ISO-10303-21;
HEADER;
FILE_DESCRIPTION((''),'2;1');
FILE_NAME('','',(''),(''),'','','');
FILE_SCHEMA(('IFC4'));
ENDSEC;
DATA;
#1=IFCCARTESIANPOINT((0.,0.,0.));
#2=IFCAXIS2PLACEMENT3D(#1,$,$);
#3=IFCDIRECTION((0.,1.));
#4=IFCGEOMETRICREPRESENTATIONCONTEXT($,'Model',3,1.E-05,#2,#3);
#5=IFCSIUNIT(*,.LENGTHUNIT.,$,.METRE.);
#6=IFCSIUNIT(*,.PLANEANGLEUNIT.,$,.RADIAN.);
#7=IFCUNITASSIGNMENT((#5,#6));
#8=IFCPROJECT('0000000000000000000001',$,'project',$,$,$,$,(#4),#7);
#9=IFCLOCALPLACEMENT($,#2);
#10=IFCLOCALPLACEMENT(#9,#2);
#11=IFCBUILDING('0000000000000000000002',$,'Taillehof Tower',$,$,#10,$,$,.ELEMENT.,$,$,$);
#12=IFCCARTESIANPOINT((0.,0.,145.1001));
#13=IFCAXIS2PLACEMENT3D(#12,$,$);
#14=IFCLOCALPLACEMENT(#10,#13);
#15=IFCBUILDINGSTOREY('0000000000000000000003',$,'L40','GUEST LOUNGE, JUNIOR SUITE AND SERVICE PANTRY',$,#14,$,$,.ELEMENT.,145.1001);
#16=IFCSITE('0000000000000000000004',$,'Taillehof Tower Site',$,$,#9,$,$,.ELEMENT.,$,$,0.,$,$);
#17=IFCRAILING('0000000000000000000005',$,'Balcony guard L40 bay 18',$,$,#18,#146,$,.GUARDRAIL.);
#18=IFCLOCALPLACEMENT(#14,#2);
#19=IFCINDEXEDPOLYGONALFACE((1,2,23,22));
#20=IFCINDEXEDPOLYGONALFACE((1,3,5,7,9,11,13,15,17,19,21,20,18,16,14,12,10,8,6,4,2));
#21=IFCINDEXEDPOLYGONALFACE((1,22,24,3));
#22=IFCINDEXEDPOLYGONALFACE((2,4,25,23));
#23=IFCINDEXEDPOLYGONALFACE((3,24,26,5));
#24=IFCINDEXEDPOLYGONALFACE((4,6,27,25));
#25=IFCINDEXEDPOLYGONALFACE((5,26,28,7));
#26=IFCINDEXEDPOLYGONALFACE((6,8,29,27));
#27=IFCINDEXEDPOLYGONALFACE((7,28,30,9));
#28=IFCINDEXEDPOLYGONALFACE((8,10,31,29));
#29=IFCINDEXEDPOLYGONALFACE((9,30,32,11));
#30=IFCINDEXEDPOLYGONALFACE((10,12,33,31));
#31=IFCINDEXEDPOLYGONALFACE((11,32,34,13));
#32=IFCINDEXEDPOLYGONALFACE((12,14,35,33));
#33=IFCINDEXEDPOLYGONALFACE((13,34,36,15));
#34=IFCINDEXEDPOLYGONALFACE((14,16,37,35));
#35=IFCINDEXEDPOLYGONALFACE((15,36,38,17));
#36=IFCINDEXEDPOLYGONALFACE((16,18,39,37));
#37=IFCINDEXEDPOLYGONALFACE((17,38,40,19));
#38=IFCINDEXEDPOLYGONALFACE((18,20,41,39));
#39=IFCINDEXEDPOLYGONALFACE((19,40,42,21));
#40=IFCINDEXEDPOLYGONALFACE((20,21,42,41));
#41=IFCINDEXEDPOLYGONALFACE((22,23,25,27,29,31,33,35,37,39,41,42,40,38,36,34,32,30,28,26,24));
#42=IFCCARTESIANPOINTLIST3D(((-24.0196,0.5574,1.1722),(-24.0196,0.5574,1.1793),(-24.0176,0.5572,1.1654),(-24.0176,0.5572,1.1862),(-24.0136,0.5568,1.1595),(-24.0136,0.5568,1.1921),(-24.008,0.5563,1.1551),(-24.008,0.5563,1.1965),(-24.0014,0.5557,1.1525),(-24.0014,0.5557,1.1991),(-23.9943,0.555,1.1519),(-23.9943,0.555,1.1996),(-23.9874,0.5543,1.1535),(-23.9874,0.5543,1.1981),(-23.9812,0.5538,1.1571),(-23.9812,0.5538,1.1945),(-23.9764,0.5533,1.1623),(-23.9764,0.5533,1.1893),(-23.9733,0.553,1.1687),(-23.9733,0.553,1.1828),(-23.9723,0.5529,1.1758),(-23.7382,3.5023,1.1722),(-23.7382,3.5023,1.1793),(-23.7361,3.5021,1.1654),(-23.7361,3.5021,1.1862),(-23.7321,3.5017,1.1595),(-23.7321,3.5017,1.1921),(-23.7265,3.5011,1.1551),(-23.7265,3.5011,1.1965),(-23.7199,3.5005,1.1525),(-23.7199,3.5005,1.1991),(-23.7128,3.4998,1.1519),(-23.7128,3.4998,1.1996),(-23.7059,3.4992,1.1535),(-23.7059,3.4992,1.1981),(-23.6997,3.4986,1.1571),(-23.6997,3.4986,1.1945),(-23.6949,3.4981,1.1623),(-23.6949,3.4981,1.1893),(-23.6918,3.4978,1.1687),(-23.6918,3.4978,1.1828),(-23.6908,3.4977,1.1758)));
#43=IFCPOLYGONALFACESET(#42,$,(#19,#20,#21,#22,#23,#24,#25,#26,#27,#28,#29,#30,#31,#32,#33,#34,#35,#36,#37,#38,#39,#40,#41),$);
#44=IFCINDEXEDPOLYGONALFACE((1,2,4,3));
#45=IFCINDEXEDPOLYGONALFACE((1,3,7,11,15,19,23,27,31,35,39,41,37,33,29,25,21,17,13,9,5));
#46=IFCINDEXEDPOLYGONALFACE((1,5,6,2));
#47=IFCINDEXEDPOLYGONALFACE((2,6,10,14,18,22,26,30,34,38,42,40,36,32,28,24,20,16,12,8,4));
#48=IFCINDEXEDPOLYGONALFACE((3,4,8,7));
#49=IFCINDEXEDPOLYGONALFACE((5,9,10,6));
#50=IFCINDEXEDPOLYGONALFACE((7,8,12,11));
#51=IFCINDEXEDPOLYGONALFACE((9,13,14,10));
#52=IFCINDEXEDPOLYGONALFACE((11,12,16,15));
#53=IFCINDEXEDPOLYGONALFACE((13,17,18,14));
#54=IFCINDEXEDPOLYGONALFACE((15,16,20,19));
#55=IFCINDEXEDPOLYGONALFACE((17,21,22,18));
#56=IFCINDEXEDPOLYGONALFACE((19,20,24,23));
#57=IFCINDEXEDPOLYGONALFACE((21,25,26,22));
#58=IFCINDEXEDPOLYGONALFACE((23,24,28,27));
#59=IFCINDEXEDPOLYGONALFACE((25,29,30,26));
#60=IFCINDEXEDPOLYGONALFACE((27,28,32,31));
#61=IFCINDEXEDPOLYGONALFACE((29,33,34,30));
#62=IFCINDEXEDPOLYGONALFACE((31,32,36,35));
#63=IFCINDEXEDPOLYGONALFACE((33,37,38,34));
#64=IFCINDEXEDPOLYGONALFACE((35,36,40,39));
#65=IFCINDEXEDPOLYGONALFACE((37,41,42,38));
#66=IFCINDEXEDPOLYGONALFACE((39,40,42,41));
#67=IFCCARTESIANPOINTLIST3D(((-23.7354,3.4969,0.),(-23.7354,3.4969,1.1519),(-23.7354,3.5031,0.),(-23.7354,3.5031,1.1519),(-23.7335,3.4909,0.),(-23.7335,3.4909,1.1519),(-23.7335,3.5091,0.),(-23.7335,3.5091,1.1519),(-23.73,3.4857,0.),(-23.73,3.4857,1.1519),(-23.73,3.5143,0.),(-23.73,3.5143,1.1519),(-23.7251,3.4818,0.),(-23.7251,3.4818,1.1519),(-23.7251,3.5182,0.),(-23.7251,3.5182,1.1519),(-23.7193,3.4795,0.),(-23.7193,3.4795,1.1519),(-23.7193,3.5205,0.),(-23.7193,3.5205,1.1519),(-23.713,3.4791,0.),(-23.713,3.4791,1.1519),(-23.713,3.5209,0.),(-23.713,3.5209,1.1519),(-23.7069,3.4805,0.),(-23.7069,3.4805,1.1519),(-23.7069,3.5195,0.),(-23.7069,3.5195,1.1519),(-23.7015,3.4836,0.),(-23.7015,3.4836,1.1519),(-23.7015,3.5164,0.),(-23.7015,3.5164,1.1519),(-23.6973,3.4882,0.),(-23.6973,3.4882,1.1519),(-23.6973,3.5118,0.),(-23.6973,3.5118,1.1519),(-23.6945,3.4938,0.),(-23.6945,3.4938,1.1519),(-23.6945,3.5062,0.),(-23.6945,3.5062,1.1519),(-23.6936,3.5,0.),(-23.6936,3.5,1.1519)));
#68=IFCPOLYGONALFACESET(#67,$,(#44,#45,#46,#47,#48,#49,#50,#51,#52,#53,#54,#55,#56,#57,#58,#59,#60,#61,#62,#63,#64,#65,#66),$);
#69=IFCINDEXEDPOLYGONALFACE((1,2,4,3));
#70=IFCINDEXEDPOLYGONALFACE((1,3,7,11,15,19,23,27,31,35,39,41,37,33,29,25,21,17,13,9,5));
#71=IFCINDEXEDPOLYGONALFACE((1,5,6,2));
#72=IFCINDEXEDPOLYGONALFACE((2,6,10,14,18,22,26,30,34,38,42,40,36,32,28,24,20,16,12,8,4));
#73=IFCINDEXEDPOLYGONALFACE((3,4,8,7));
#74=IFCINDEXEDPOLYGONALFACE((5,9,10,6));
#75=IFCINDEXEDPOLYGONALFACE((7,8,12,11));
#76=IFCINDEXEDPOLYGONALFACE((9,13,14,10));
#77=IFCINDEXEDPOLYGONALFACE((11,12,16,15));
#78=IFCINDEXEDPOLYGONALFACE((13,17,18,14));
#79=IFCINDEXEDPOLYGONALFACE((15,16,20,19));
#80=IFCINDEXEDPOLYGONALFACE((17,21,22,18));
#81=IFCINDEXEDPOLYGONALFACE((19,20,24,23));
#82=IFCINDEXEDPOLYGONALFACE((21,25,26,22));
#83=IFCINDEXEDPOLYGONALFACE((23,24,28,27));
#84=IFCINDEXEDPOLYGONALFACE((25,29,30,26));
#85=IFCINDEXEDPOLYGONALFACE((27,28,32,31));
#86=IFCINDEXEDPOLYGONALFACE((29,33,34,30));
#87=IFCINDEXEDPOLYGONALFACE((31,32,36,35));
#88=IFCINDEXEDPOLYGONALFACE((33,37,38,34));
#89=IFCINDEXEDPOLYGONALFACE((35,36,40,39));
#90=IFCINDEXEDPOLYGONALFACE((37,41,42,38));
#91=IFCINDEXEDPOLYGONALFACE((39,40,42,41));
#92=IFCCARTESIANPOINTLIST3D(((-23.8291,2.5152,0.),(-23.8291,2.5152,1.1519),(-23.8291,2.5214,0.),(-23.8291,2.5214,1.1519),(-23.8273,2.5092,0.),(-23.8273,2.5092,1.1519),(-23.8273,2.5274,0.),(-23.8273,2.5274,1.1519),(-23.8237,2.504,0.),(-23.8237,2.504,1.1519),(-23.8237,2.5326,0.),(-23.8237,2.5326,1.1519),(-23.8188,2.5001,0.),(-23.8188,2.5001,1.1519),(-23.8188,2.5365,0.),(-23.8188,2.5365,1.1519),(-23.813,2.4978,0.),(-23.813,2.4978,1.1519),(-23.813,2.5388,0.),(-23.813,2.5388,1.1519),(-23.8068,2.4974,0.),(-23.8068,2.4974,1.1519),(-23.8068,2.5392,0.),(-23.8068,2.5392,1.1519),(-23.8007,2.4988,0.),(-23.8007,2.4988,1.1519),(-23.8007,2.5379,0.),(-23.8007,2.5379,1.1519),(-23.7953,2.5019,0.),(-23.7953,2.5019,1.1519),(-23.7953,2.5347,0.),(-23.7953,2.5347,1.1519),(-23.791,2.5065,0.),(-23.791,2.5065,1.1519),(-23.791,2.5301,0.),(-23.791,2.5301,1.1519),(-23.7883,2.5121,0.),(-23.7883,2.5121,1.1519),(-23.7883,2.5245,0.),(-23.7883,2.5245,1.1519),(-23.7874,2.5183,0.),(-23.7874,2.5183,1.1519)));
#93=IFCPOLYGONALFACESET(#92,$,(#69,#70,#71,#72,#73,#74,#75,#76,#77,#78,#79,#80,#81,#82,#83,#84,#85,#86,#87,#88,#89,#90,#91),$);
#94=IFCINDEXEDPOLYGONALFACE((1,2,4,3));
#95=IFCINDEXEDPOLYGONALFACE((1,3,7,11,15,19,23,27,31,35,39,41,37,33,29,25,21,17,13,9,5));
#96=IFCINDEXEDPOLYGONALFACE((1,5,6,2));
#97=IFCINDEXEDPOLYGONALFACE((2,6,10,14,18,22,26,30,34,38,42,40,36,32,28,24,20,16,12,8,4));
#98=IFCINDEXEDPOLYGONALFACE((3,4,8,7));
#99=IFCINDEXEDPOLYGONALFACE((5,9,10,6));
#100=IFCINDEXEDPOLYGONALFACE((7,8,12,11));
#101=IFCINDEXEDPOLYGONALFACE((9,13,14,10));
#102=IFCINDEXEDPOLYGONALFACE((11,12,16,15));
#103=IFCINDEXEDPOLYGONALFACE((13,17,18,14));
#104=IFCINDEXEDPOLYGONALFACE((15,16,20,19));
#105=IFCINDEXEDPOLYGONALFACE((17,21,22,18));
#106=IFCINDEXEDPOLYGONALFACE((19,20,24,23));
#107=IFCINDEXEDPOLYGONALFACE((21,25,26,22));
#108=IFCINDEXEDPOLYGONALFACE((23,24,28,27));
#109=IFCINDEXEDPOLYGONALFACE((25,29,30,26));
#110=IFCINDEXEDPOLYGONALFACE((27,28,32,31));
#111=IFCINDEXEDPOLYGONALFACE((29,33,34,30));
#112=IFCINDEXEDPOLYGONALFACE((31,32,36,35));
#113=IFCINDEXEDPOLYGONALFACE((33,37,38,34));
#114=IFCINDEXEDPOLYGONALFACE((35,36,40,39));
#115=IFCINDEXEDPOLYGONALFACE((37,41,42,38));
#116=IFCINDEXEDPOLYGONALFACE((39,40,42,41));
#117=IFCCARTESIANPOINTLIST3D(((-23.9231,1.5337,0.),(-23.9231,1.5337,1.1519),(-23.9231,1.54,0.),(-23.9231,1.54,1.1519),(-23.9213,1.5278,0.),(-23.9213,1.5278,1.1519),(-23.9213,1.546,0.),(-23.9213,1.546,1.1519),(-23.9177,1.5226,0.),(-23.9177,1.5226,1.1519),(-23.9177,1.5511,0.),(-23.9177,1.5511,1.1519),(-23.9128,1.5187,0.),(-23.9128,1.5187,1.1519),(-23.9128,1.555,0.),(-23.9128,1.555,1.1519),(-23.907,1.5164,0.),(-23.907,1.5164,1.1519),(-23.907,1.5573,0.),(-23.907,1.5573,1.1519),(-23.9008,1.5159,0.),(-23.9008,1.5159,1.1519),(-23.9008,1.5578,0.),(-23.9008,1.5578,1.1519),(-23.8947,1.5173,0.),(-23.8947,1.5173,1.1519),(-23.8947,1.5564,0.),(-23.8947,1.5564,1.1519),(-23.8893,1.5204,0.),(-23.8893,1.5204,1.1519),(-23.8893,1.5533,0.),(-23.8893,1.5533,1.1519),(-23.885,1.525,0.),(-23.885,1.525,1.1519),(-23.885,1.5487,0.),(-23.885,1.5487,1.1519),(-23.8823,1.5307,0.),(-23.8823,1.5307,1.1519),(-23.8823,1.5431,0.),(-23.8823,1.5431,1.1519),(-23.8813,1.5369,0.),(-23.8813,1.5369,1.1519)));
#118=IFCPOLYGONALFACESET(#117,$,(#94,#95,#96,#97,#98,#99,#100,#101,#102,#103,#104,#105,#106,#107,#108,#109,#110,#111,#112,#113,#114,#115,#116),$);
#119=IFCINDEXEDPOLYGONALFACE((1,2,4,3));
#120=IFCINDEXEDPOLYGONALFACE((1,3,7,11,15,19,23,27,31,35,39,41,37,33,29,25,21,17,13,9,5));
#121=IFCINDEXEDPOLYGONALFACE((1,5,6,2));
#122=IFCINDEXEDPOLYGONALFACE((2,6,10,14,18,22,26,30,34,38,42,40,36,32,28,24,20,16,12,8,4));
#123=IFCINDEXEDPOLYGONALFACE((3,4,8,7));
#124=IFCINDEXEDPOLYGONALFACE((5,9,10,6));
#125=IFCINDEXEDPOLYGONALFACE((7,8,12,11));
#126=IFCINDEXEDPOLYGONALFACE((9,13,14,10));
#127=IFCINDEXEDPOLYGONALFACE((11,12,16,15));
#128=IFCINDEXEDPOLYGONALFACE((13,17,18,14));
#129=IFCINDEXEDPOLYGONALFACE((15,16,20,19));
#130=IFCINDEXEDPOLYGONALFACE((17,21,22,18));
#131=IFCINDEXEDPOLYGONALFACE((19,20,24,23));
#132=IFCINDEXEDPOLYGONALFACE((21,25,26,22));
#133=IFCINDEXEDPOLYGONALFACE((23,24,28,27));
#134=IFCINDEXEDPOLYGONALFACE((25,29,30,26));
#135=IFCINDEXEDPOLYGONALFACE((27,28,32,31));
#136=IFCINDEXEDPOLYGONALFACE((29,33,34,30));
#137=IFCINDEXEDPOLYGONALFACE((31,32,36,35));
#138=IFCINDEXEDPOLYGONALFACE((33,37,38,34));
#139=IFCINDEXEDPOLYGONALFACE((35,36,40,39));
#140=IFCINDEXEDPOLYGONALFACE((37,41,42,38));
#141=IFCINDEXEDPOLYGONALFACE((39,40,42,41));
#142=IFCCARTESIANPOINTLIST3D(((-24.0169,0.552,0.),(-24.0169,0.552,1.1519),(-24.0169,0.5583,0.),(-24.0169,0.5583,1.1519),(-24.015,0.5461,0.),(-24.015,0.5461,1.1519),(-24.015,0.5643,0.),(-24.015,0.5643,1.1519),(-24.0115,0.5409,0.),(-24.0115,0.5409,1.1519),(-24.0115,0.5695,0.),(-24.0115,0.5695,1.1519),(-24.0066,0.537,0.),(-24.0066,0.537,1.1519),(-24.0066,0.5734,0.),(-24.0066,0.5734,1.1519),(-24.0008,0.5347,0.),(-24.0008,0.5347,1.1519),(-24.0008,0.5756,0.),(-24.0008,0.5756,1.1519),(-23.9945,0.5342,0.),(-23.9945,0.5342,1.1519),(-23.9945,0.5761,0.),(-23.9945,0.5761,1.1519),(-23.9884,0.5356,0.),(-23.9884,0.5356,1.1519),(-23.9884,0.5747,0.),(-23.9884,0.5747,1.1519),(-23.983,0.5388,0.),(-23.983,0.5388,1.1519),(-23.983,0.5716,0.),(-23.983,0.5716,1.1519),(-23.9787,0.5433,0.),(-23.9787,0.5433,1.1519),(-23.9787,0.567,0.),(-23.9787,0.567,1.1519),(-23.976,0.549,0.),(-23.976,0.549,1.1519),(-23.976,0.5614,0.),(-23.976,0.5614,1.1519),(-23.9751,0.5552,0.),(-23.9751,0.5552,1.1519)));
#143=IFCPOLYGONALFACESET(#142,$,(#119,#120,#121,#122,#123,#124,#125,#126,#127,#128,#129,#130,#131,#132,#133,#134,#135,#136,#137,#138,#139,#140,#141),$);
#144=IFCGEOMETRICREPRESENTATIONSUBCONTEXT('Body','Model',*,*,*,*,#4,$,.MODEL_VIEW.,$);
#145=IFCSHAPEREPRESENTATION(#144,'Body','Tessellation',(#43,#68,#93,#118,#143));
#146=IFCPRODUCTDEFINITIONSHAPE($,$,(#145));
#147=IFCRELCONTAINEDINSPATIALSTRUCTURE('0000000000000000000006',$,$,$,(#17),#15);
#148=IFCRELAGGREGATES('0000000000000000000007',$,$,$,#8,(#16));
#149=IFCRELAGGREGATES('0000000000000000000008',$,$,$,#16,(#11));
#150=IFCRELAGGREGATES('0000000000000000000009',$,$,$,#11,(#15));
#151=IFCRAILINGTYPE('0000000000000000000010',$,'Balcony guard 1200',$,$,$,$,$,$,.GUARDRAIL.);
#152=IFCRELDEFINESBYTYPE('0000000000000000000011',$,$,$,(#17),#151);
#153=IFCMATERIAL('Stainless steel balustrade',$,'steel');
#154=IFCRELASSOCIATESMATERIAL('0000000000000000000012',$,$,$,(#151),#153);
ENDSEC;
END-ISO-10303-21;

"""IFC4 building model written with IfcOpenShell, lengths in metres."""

from ifc_helpers import new_model, si_unit, direction, frame, origin, origin_2d, place, context, subcontext, project, spatial, circle, extrude, material, type_object, element, save


model = new_model("IFC4")

# Units and contexts
model_context = context("Model", 3, precision=1e-05, world=origin(), true_north=direction((0.0, 1.0)))
body_context = subcontext(model_context, "Body", "Model", "MODEL_VIEW")
ifc_project = project(units=[si_unit("LENGTHUNIT", "METRE"), si_unit("PLANEANGLEUNIT", "RADIAN")], contexts=[model_context])

# Site, building, storey
site_placement = place(None, origin())
site = spatial("IfcSite", under=ifc_project, at=site_placement, Name="Taillehof Tower Site", CompositionType="ELEMENT", RefElevation=0.0)
building_placement = place(site_placement, origin())
building = spatial("IfcBuilding", under=site, at=building_placement, Name="Taillehof Tower", CompositionType="ELEMENT")
storey_placement = place(building_placement, frame((0.0, 0.0, 145.1001)))
storey = spatial("IfcBuildingStorey", under=building, at=storey_placement, Name="L40", Description="GUEST LOUNGE, JUNIOR SUITE AND SERVICE PANTRY", CompositionType="ELEMENT", Elevation=145.1001)

# Railing
ifc_material_1 = material(Name="Stainless steel balustrade", Category="steel")
railing_type = type_object("IfcRailingType", Name="Balcony guard 1200", PredefinedType="GUARDRAIL", material=ifc_material_1)
railing_placement = place(storey_placement, frame((-23.7146, 3.5, 0.0)))
element("IfcRailing", 1, at=railing_placement, inside=storey, type_object=railing_type, Name="Balcony guard L40 bay 18", PredefinedType="GUARDRAIL", context=body_context, shape_type="SweptSolid", body=[
    extrude(circle(Radius=0.0239, at=origin_2d()), frame((0.0, 0.0, 1.1758), z_axis=(-0.095156, -0.995462, 0.0), x_axis=(0.995462, -0.095156, 0.0)), (0.0, 0.0, 1.0), 2.9583),
    extrude(circle(Radius=0.021, at=origin_2d()), origin(), (0.0, 0.0, 1.0), 1.1519),
    extrude(circle(Radius=0.021, at=origin_2d()), frame((-0.0938, -0.9817, 0.0)), (0.0, 0.0, 1.0), 1.1519),
    extrude(circle(Radius=0.021, at=origin_2d()), frame((-0.1877, -1.9631, 0.0)), (0.0, 0.0, 1.0), 1.1519),
    extrude(circle(Radius=0.021, at=origin_2d()), frame((-0.2815, -2.9448, 0.0)), (0.0, 0.0, 1.0), 1.1519),
])

save(model, "model.ifc")
